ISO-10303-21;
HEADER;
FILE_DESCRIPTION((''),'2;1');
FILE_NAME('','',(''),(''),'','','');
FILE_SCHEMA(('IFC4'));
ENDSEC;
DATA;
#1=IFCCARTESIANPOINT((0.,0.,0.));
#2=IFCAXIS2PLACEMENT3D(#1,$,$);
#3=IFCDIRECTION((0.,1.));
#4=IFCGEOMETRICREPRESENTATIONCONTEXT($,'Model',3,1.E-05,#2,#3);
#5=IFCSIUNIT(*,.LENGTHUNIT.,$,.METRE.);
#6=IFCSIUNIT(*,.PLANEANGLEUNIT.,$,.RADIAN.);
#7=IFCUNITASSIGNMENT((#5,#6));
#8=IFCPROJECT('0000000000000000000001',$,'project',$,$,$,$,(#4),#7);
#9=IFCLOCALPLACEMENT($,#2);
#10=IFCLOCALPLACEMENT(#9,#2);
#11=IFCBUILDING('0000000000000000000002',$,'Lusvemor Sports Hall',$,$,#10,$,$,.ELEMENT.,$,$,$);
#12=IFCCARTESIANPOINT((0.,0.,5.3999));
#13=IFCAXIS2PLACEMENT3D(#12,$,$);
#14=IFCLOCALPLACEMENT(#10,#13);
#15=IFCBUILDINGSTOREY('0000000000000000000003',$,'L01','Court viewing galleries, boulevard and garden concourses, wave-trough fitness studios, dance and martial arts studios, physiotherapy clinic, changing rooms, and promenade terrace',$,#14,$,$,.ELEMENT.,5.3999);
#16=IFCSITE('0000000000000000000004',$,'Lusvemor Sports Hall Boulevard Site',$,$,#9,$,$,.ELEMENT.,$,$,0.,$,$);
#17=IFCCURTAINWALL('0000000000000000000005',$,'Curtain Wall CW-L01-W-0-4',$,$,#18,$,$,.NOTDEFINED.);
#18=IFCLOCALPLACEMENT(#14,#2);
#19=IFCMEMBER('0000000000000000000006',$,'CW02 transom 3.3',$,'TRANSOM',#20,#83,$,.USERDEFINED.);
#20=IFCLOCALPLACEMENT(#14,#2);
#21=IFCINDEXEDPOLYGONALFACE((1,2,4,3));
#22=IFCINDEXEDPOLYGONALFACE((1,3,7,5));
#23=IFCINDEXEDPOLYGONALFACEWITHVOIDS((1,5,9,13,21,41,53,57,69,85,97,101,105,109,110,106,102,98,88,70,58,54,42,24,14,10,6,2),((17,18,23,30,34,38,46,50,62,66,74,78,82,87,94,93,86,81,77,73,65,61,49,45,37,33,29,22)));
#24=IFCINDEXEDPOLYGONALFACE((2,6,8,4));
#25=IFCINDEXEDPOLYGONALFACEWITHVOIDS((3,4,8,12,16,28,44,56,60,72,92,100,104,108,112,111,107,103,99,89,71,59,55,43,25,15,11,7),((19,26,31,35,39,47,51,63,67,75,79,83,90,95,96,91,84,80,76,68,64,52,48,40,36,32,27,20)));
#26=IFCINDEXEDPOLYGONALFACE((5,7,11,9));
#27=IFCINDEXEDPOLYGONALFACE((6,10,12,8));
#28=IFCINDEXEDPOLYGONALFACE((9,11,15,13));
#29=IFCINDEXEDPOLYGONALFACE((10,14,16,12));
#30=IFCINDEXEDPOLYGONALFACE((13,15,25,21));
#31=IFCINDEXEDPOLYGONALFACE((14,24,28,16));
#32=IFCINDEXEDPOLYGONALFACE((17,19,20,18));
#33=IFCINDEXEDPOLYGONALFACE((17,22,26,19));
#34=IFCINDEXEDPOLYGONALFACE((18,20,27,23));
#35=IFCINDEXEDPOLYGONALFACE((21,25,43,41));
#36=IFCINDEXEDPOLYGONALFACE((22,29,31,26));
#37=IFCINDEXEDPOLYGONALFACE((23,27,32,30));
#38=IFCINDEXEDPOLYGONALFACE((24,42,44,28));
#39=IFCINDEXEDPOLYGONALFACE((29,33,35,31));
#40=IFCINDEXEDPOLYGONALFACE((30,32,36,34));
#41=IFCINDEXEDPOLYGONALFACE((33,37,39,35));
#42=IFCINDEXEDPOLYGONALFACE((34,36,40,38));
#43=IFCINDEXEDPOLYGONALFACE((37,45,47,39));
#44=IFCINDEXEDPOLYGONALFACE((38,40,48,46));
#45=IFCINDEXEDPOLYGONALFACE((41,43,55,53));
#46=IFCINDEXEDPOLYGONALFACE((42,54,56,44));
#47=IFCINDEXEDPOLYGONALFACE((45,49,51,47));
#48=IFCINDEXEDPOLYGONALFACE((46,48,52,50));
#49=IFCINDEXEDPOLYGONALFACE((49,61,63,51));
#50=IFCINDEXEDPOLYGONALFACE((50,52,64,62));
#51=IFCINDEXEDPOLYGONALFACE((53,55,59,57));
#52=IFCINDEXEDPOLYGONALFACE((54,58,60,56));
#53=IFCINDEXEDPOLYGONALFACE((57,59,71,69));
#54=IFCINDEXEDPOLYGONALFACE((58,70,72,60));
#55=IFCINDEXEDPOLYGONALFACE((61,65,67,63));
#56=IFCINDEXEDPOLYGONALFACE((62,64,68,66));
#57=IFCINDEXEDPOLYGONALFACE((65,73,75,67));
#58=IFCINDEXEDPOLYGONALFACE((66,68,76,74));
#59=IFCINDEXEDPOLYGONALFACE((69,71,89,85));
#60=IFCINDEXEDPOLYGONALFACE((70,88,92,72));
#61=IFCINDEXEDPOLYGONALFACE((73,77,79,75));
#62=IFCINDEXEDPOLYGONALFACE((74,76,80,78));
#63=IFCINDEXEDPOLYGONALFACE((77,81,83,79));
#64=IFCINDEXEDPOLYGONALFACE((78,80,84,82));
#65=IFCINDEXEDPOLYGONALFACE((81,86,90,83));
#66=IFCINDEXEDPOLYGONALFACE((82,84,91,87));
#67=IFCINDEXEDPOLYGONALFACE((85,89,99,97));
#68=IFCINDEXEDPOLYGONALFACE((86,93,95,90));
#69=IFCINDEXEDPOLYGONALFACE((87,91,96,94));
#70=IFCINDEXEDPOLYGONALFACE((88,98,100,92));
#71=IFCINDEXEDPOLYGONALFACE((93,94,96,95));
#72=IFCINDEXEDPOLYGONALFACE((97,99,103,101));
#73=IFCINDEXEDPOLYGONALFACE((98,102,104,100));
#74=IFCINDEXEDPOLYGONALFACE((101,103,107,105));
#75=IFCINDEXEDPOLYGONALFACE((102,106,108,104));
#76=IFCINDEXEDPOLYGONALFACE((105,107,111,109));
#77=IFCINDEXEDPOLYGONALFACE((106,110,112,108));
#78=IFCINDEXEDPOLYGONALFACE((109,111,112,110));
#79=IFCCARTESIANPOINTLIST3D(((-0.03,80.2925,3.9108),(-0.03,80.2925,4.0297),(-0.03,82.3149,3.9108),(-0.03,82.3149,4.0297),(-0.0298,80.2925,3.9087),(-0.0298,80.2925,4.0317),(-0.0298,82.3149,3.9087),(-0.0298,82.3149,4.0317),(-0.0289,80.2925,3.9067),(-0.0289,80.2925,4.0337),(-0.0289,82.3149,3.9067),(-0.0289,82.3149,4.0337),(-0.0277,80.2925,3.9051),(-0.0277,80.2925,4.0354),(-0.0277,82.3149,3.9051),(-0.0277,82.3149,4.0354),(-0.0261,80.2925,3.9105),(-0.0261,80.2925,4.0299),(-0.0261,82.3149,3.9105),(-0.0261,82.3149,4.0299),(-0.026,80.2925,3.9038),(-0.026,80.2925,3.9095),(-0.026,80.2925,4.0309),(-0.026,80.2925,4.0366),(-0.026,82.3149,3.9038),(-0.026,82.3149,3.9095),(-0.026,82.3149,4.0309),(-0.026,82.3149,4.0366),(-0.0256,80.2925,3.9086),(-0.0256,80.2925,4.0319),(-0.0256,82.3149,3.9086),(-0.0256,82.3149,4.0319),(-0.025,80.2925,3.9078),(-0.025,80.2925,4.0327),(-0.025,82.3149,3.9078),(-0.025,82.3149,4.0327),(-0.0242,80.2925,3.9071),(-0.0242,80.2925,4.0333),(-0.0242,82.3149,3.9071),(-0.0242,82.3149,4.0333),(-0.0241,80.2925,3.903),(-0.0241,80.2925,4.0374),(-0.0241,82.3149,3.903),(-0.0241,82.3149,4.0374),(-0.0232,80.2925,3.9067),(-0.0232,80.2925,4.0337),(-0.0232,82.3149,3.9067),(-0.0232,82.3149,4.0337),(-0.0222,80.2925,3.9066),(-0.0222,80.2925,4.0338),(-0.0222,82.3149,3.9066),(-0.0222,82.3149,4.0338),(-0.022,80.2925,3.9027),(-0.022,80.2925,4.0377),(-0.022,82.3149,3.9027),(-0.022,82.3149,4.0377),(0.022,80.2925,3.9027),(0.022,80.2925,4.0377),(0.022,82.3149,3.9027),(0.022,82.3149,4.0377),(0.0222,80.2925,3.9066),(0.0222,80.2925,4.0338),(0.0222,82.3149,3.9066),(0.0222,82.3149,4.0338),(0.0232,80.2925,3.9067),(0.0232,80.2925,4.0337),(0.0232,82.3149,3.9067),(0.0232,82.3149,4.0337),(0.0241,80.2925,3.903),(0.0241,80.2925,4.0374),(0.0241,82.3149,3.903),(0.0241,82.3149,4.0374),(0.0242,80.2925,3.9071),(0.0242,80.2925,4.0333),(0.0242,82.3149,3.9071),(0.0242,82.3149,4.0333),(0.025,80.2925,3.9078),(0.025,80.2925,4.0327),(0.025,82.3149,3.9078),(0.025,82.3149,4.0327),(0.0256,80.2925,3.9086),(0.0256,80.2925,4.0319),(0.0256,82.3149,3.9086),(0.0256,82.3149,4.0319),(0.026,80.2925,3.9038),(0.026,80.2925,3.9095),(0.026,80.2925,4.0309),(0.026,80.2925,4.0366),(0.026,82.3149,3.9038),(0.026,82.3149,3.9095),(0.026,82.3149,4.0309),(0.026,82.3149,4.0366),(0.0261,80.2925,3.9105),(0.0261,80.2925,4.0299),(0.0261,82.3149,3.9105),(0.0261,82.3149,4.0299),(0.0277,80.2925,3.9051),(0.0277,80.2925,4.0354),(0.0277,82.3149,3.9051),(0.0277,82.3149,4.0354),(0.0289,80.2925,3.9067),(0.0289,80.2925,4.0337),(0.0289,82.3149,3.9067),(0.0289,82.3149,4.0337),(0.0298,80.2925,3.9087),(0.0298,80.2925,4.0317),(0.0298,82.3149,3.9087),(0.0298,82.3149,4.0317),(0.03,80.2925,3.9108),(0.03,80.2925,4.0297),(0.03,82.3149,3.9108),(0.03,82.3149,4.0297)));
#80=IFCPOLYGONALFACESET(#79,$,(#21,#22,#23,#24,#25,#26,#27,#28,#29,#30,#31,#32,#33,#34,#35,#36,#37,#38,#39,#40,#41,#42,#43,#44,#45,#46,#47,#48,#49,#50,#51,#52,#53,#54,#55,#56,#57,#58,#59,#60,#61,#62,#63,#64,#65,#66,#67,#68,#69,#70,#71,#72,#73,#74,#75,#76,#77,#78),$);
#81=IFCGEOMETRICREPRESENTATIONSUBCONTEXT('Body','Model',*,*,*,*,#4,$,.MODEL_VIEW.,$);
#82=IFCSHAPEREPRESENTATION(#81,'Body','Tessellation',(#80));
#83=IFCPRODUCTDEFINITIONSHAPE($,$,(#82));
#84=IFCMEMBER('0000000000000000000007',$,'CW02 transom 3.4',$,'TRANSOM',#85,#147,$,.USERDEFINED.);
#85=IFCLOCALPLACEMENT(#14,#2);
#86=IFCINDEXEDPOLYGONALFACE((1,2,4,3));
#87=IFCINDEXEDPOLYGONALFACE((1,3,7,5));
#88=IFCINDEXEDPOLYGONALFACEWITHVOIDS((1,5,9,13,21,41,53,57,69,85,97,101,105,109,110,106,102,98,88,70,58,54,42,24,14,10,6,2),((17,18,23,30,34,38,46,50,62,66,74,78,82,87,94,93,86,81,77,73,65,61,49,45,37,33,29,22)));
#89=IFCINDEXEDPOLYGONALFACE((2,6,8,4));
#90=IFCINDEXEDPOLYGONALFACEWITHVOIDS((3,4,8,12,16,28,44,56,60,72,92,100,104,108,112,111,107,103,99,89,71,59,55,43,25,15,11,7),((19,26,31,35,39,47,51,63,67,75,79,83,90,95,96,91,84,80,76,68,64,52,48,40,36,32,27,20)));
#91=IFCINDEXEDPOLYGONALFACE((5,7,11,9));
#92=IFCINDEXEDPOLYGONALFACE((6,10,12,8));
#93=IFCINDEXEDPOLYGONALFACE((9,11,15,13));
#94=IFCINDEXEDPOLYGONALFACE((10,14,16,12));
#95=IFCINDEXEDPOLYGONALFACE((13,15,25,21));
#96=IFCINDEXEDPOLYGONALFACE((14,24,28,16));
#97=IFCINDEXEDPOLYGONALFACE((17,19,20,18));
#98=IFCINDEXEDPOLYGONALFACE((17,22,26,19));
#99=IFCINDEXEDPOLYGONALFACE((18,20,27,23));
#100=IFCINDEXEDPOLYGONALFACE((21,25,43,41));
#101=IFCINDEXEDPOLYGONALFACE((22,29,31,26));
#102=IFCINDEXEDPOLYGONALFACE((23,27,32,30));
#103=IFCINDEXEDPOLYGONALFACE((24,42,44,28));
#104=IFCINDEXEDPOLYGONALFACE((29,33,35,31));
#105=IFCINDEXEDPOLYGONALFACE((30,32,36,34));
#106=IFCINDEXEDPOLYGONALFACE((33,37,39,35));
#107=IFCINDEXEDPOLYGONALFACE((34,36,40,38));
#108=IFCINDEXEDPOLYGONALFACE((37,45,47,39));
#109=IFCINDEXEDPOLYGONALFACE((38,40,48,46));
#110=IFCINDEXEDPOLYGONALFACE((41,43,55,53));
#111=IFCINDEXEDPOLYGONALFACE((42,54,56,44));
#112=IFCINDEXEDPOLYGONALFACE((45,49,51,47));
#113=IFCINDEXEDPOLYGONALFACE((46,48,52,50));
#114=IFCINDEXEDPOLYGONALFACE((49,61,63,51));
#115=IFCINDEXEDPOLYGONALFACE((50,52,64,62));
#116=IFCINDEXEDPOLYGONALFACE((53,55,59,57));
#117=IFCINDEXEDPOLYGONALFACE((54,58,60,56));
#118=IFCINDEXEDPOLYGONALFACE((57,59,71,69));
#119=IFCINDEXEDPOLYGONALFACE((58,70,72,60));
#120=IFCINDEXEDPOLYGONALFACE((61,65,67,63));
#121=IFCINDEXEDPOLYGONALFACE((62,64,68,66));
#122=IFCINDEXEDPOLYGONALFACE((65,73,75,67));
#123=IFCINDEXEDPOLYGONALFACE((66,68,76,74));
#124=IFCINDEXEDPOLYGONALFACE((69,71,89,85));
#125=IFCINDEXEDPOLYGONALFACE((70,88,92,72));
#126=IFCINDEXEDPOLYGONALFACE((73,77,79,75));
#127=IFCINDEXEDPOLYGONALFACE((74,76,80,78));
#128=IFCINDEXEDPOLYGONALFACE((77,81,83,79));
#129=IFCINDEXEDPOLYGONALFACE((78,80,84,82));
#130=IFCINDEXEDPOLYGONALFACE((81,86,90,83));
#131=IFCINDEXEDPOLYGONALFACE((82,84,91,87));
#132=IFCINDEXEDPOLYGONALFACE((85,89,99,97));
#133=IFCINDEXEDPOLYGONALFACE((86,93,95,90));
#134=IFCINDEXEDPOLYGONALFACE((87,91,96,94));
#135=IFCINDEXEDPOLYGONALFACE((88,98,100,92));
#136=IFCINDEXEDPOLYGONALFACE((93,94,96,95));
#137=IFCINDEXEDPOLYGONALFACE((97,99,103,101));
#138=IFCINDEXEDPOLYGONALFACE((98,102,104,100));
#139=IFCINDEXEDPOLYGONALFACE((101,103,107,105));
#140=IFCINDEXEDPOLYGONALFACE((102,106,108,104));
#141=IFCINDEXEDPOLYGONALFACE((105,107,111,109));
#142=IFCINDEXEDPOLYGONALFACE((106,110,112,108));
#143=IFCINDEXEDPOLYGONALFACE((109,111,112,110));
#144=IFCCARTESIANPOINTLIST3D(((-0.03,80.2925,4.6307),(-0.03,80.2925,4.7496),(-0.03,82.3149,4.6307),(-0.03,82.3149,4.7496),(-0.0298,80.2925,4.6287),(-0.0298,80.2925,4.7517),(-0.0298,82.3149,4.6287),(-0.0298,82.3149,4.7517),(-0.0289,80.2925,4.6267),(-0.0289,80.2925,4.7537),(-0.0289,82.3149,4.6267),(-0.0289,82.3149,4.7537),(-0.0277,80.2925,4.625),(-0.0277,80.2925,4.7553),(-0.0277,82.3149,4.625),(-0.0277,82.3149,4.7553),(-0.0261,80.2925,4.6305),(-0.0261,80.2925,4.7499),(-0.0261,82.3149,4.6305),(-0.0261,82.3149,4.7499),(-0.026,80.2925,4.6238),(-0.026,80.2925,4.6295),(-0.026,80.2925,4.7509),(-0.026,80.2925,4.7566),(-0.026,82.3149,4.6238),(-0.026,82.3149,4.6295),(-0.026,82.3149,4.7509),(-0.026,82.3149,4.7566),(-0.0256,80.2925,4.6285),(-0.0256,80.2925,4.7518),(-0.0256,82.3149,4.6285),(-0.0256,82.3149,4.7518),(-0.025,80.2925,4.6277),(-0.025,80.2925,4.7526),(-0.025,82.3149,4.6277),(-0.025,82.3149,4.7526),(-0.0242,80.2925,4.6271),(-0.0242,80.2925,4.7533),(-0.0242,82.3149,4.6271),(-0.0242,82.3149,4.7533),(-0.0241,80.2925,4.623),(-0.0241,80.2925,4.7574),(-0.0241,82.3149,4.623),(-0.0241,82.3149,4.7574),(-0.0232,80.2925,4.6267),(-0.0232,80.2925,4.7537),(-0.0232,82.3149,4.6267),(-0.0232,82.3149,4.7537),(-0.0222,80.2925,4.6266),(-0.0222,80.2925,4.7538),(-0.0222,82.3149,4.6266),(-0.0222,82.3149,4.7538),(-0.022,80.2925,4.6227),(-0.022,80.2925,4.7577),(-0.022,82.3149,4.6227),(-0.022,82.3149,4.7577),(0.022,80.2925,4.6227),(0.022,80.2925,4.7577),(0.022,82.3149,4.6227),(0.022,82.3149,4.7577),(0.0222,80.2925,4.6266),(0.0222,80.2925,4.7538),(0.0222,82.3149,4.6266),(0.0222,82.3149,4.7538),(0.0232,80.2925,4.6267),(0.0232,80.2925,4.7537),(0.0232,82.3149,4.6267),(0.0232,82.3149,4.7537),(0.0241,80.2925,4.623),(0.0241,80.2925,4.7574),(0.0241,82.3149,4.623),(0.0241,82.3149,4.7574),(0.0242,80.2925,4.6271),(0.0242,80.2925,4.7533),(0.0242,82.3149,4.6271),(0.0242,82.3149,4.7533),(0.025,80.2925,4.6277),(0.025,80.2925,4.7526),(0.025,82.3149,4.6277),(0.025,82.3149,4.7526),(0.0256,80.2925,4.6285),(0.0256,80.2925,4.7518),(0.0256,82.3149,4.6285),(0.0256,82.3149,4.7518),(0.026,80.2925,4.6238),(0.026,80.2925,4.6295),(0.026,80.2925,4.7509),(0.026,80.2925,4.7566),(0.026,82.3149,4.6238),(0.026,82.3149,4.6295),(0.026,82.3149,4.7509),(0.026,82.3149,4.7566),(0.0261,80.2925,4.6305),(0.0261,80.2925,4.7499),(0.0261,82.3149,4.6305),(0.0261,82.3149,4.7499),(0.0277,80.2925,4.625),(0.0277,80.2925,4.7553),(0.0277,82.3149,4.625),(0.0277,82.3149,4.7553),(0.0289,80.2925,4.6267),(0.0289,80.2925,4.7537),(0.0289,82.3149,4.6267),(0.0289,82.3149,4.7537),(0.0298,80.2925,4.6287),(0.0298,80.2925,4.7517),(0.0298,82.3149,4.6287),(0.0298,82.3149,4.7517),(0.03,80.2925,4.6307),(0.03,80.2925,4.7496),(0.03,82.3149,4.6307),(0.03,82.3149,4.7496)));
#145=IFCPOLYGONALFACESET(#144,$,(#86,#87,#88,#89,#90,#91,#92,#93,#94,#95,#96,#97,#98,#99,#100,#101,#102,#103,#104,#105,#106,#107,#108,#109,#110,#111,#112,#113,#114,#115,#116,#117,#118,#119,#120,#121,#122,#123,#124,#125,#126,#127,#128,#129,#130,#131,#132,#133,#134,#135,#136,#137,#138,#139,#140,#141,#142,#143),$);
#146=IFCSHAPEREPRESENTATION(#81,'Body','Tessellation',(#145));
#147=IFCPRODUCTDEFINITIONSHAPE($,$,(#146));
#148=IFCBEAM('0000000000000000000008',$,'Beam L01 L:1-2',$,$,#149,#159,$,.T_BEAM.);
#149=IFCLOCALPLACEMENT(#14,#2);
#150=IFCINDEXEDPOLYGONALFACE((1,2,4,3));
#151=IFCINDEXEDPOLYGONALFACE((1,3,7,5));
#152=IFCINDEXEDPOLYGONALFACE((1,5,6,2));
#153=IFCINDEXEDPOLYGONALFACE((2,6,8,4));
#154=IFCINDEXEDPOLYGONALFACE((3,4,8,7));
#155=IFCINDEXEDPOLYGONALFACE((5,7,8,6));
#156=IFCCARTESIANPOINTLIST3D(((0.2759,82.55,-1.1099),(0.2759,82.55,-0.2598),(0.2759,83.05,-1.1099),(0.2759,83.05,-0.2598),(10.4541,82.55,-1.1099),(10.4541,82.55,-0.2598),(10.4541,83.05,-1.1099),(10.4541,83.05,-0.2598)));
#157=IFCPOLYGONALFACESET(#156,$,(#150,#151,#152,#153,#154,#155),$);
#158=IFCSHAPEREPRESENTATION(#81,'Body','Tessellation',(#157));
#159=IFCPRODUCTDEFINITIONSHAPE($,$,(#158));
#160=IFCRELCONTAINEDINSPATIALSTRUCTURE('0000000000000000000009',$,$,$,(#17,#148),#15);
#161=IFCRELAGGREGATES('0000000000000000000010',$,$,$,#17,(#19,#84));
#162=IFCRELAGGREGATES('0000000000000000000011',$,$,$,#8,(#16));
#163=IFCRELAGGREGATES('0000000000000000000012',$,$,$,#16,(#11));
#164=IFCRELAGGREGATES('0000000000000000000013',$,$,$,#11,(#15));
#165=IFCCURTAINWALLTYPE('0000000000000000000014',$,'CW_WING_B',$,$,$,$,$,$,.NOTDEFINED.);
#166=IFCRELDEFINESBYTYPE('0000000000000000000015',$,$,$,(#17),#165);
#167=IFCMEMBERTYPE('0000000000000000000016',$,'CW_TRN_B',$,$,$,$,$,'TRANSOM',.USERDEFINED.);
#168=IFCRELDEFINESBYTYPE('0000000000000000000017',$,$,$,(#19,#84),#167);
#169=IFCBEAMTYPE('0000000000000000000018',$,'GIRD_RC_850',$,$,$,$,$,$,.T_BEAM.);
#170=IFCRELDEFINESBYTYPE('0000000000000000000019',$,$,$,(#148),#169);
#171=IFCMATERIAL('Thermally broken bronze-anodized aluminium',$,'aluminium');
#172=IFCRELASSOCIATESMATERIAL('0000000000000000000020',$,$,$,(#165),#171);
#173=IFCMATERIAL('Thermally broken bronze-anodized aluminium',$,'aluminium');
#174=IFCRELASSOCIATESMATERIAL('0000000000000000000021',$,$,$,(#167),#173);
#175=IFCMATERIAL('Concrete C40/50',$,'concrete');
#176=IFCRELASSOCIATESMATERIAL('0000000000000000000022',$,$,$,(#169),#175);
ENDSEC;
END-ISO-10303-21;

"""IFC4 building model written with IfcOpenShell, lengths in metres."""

from ifc_helpers import new_model, si_unit, direction, frame, origin, origin_2d, place, context, subcontext, project, spatial, rectangle, hollow_rectangle, extrude, material, material_profile, profile_set, type_object, element, aggregate, save


model = new_model("IFC4")

# Units and contexts
model_context = context("Model", 3, precision=1e-05, world=origin(), true_north=direction((0.0, 1.0)))
body_context = subcontext(model_context, "Body", "Model", "MODEL_VIEW")
ifc_project = project(units=[si_unit("LENGTHUNIT", "METRE"), si_unit("PLANEANGLEUNIT", "RADIAN")], contexts=[model_context])

# Site, building, storey
site_placement = place(None, origin())
site = spatial("IfcSite", under=ifc_project, at=site_placement, Name="Lusvemor Sports Hall Boulevard Site", CompositionType="ELEMENT", RefElevation=0.0)
building_placement = place(site_placement, origin())
building = spatial("IfcBuilding", under=site, at=building_placement, Name="Lusvemor Sports Hall", CompositionType="ELEMENT")
storey_placement = place(building_placement, frame((0.0, 0.0, 5.3999)))
storey = spatial("IfcBuildingStorey", under=building, at=storey_placement, Name="L01", Description="Court viewing galleries, boulevard and garden concourses, wave-trough fitness studios, dance and martial arts studios, physiotherapy clinic, changing rooms, and promenade terrace", CompositionType="ELEMENT", Elevation=5.3999)

# Curtain wall, members
ifc_material_1 = material(Name="Thermally broken bronze-anodized aluminium", Category="aluminium")
curtain_wall_type = type_object("IfcCurtainWallType", Name="CW_WING_B", PredefinedType="NOTDEFINED", material=ifc_material_1)
curtain_wall_placement = place(storey_placement, origin())
curtain_wall = element("IfcCurtainWall", 1, at=curtain_wall_placement, inside=storey, type_object=curtain_wall_type, Name="Curtain Wall CW-L01-W-0-4", PredefinedType="NOTDEFINED")
ifc_material_2 = material(Name="Thermally broken bronze-anodized aluminium", Category="aluminium")
ifc_material_profile_1 = material_profile(ifc_material_2, hollow_rectangle(XDim=0.0601, YDim=0.135, WallThickness=0.0039, InnerFilletRadius=0.0039, OuterFilletRadius=0.0081, at=origin_2d()), Name="CWTRN135x60x4")
ifc_profile_set_1 = profile_set([ifc_material_profile_1], Name="Thermally broken bronze-anodized aluminium")
member_type_1 = type_object("IfcMemberType", Name="CW_TRN_B", ElementType="TRANSOM", PredefinedType="USERDEFINED", material=ifc_profile_set_1)
member_1_placement = place(storey_placement, frame((0.0, 80.2925, 3.9702), z_axis=(0.0, 1.0, 0.0), x_axis=(-1.0, 0.0, 0.0)))
member_1 = element("IfcMember", 2, at=member_1_placement, type_object=member_type_1, Name="CW02 transom 3.3", ObjectType="TRANSOM", PredefinedType="USERDEFINED", context=body_context, shape_type="SweptSolid", body=[
    extrude(hollow_rectangle(XDim=0.0601, YDim=0.135, WallThickness=0.0039, InnerFilletRadius=0.0039, OuterFilletRadius=0.0081, at=origin_2d()), origin(), (0.0, 0.0, 1.0), 2.0225),
])
member_2_placement = place(storey_placement, frame((0.0, 80.2925, 4.6902), z_axis=(0.0, 1.0, 0.0), x_axis=(-1.0, 0.0, 0.0)))
member_2 = element("IfcMember", 3, at=member_2_placement, type_object=member_type_1, Name="CW02 transom 3.4", ObjectType="TRANSOM", PredefinedType="USERDEFINED", context=body_context, shape_type="SweptSolid", body=[
    extrude(hollow_rectangle(XDim=0.0601, YDim=0.135, WallThickness=0.0039, InnerFilletRadius=0.0039, OuterFilletRadius=0.0081, at=origin_2d()), origin(), (0.0, 0.0, 1.0), 2.0225),
])

# Beam
ifc_material_3 = material(Name="Concrete C40/50", Category="concrete")
ifc_material_profile_2 = material_profile(ifc_material_3, rectangle(XDim=0.5, YDim=0.8501, at=origin_2d()), Name="RC500x850")
ifc_profile_set_2 = profile_set([ifc_material_profile_2], Name="Concrete C40/50")
beam_type_1 = type_object("IfcBeamType", Name="GIRD_RC_850", PredefinedType="T_BEAM", material=ifc_profile_set_2)
beam_1_placement = place(storey_placement, frame((0.2759, 82.8, -0.6848), z_axis=(1.0, 0.0, 0.0), x_axis=(0.0, 1.0, 0.0)))
element("IfcBeam", 4, at=beam_1_placement, inside=storey, type_object=beam_type_1, Name="Beam L01 L:1-2", PredefinedType="T_BEAM", context=body_context, shape_type="SweptSolid", body=[
    extrude(rectangle(XDim=0.5, YDim=0.8501, at=origin_2d()), origin(), (0.0, 0.0, 1.0), 10.1782),
])

aggregate(curtain_wall, [member_1, member_2])

save(model, "model.ifc")
